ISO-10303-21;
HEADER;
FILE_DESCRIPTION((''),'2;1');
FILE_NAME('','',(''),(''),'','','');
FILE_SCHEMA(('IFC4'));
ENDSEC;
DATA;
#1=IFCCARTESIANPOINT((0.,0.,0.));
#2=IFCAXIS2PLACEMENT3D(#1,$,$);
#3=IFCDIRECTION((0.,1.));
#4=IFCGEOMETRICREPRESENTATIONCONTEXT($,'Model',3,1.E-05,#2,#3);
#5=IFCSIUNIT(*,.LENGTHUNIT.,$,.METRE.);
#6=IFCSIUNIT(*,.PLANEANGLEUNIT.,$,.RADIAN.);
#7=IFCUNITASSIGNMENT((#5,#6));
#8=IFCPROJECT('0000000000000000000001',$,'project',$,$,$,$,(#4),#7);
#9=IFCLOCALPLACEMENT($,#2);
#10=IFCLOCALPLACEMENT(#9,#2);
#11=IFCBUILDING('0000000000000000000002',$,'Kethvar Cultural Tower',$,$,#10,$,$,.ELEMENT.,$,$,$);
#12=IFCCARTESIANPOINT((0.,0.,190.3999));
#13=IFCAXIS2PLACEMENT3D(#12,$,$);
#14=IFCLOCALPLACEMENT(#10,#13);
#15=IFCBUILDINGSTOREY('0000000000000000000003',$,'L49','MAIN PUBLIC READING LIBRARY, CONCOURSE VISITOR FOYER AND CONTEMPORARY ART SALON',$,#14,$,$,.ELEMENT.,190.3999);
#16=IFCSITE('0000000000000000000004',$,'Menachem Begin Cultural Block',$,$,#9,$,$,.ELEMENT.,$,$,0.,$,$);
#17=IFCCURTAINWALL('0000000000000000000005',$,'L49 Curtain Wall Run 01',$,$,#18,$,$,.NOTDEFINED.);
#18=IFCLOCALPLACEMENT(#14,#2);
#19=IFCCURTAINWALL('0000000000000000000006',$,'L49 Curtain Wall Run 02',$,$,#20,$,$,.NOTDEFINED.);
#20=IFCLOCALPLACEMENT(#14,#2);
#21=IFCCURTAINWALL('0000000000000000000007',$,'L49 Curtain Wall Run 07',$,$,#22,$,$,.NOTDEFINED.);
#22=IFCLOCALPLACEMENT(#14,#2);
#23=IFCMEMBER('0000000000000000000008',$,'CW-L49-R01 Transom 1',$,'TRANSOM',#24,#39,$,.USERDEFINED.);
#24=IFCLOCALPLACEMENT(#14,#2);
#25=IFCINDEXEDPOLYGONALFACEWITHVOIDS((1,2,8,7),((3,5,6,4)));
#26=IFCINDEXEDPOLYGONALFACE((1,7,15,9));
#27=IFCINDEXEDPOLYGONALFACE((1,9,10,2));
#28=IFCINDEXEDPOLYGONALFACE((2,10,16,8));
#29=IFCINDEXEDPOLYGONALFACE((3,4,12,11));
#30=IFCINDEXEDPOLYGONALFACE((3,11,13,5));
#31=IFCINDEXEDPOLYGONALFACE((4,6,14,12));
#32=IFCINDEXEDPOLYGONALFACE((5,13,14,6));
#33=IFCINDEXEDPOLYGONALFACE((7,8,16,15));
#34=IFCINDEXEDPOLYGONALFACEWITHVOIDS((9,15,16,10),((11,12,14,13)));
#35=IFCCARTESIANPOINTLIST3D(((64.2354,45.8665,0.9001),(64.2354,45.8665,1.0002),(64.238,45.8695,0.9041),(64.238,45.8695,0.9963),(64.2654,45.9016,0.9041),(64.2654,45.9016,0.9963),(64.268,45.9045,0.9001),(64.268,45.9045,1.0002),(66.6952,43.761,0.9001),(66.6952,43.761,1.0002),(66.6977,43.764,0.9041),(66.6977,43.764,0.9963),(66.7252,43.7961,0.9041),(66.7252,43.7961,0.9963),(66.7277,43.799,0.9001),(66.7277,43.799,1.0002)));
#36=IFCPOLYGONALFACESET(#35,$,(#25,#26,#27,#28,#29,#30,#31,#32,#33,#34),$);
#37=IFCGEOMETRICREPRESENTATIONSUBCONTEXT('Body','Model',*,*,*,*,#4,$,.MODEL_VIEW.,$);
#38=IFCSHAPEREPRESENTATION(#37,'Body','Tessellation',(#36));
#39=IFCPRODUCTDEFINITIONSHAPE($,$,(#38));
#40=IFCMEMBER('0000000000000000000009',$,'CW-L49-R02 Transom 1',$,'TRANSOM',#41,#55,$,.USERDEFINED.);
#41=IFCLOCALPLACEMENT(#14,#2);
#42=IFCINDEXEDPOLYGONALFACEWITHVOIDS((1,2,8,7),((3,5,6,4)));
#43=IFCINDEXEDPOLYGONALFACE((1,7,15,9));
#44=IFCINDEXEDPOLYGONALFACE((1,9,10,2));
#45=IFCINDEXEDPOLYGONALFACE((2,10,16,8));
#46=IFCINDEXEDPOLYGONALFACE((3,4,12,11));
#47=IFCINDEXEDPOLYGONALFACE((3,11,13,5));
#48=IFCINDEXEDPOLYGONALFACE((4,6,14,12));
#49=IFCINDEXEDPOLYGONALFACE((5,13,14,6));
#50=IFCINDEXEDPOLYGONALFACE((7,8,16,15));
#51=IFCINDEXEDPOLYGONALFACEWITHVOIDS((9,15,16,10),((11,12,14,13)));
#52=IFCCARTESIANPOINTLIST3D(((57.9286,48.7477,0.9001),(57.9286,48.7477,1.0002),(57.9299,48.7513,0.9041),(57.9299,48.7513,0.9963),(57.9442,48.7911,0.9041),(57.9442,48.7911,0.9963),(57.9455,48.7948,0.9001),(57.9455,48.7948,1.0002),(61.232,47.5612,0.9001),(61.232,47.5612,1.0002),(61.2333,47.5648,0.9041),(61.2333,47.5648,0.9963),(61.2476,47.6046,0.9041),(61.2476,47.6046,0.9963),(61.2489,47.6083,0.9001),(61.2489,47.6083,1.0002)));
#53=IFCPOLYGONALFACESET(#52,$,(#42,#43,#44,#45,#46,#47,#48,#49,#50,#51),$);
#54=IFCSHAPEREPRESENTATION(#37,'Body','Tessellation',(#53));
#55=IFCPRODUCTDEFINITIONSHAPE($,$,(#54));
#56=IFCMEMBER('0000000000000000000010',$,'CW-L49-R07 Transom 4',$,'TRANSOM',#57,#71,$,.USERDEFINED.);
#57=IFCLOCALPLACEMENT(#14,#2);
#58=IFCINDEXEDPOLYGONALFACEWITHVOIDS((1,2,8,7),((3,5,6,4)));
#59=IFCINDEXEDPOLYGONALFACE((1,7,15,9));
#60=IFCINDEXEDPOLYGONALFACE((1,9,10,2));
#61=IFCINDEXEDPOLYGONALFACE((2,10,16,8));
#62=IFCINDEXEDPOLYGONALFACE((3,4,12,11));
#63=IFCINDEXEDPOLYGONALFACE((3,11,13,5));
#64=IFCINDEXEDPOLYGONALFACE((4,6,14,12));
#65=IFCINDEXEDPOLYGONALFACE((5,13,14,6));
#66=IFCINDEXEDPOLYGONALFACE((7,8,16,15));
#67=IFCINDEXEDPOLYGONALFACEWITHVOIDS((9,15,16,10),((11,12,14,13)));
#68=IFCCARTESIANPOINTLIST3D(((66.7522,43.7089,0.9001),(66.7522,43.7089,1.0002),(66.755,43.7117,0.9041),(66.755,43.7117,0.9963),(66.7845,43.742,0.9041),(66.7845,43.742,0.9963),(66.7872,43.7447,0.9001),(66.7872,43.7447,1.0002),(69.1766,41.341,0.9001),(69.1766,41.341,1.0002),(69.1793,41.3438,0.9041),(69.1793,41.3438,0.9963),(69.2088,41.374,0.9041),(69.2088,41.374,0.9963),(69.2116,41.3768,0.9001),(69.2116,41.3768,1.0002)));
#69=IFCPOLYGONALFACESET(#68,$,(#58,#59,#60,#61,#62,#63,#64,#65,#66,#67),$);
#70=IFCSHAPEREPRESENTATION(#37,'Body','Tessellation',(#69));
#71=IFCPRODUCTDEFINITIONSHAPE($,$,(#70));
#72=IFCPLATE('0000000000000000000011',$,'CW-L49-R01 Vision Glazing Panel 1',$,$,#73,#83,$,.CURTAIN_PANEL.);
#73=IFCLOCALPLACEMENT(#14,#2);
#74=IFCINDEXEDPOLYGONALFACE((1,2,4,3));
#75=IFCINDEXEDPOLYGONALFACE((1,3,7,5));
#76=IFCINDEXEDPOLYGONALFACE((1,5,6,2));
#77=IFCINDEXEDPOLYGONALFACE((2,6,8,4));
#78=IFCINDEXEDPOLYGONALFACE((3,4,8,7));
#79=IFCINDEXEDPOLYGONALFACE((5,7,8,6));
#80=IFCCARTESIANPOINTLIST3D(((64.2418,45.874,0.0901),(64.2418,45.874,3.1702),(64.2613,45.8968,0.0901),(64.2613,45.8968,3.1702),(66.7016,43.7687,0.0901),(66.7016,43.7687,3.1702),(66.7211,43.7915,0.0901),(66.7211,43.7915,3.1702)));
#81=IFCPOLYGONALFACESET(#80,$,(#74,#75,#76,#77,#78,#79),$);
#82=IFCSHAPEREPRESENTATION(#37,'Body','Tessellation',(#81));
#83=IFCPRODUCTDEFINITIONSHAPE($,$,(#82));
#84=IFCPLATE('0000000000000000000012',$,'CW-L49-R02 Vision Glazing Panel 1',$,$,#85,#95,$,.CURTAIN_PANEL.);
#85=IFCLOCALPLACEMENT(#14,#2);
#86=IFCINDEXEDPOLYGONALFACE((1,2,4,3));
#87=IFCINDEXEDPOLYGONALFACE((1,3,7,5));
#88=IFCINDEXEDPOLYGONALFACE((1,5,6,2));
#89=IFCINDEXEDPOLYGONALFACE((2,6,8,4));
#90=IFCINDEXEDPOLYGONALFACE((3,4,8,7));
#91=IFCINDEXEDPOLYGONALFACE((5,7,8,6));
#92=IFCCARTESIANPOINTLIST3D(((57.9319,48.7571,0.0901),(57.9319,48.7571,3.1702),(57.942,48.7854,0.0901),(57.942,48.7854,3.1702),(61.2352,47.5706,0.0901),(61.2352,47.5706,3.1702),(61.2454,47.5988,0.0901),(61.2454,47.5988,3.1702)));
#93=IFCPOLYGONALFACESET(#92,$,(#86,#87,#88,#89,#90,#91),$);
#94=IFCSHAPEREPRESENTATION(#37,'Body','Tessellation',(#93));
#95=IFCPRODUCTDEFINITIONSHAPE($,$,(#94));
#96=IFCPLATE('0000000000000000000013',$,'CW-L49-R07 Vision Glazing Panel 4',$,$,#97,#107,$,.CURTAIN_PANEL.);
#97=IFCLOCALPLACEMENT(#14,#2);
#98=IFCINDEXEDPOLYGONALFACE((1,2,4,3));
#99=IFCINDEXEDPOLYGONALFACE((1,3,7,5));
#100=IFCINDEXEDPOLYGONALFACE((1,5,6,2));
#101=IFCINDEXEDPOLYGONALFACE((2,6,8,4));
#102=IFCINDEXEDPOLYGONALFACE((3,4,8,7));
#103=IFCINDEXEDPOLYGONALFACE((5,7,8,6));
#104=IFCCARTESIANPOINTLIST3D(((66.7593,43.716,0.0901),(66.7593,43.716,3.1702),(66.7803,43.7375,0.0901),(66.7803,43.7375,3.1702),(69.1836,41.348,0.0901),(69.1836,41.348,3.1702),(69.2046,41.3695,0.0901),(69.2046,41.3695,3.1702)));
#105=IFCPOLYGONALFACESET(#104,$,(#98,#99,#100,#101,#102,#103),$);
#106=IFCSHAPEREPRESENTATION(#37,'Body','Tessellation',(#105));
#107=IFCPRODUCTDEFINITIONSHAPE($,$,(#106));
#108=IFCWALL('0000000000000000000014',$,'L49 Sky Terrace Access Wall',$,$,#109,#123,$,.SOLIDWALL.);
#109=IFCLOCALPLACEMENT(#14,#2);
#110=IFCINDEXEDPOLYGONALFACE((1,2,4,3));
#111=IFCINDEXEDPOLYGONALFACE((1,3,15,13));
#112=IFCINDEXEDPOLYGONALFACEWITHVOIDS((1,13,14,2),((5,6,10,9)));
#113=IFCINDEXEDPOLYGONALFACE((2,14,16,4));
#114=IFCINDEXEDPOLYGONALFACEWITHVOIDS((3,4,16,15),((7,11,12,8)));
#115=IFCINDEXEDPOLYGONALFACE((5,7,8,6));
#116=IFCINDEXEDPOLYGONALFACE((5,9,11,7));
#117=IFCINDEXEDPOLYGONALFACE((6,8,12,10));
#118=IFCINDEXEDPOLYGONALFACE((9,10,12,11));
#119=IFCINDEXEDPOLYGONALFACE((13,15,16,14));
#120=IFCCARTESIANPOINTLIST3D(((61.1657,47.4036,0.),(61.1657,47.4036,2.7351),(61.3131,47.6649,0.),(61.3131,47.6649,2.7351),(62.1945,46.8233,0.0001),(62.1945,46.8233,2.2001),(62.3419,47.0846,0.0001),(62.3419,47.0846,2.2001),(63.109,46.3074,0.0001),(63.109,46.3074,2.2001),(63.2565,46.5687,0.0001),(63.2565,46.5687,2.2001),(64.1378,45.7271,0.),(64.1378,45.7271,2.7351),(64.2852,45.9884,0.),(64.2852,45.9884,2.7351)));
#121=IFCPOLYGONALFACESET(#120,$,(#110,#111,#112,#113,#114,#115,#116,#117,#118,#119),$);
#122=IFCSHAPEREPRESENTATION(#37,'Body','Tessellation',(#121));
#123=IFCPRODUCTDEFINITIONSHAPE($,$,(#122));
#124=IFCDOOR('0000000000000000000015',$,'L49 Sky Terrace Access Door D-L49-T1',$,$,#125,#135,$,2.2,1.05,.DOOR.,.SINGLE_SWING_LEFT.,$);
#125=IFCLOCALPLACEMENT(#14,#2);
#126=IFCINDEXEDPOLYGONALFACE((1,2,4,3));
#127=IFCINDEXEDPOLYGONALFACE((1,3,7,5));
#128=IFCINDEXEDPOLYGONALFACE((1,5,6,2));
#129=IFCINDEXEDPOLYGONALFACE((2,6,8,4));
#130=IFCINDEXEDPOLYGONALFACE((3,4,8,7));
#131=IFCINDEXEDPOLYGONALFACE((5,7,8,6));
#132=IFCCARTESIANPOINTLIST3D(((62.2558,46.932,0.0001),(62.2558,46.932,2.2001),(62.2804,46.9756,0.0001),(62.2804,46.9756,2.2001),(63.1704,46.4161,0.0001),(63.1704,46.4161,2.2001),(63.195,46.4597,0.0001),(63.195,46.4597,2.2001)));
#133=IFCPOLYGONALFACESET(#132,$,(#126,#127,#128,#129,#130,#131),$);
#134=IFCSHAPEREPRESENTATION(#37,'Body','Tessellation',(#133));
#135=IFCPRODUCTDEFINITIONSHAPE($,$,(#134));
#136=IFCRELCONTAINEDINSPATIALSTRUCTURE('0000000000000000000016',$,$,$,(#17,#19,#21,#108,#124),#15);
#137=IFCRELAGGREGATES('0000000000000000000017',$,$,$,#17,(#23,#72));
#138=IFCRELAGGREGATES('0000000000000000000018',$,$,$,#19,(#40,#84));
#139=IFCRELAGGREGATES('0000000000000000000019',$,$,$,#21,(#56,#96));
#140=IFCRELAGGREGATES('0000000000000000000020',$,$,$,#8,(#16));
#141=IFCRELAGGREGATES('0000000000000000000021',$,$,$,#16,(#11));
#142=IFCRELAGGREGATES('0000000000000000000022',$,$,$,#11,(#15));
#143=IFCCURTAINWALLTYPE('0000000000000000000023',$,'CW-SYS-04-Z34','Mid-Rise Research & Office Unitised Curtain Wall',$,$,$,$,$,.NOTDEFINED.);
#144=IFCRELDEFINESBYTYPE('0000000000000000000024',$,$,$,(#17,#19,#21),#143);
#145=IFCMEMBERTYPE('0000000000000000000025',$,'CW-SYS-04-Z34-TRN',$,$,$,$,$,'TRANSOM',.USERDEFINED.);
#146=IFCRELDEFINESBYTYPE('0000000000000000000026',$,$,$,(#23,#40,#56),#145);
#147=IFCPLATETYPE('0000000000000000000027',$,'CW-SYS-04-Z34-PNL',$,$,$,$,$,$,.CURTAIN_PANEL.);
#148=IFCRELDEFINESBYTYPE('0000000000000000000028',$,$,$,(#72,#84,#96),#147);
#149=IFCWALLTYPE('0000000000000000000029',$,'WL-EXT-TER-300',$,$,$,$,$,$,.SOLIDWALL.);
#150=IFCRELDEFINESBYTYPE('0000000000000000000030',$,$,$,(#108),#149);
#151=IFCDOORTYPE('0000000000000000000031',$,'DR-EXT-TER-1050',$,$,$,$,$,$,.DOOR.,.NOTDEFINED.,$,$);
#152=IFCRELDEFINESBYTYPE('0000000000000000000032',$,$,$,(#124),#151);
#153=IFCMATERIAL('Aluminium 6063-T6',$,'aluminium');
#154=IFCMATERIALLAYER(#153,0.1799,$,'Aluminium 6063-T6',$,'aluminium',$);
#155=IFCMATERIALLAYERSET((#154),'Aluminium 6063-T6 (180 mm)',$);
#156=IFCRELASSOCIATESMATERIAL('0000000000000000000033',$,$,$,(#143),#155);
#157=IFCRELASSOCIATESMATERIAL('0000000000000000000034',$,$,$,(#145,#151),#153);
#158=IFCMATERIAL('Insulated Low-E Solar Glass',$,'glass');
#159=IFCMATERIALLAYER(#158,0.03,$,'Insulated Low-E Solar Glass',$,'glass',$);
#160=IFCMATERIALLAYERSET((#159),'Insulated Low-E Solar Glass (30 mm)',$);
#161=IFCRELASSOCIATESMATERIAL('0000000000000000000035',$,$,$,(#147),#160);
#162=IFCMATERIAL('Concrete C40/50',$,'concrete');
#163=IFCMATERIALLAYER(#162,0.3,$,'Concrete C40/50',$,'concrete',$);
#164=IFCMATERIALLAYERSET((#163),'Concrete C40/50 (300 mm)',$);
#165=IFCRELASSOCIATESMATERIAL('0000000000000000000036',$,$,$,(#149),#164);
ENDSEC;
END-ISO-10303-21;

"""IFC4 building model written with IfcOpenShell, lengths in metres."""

from ifc_helpers import new_model, si_unit, direction, frame, frame_2d, origin, origin_2d, place, context, subcontext, project, spatial, rectangle, hollow_rectangle, extrude, source, transform, mapped, material, layer, layer_set, material_profile, profile_set, type_object, element, fill, aggregate, save


model = new_model("IFC4")

# Units and contexts
model_context = context("Model", 3, precision=1e-05, world=origin(), true_north=direction((0.0, 1.0)))
body_context = subcontext(model_context, "Body", "Model", "MODEL_VIEW")
ifc_project = project(units=[si_unit("LENGTHUNIT", "METRE"), si_unit("PLANEANGLEUNIT", "RADIAN")], contexts=[model_context])

# Site, building, storey
site_placement = place(None, origin())
site = spatial("IfcSite", under=ifc_project, at=site_placement, Name="Menachem Begin Cultural Block", CompositionType="ELEMENT", RefElevation=0.0)
building_placement = place(site_placement, origin())
building = spatial("IfcBuilding", under=site, at=building_placement, Name="Kethvar Cultural Tower", CompositionType="ELEMENT")
storey_placement = place(building_placement, frame((0.0, 0.0, 190.3999)))
storey = spatial("IfcBuildingStorey", under=building, at=storey_placement, Name="L49", Description="MAIN PUBLIC READING LIBRARY, CONCOURSE VISITOR FOYER AND CONTEMPORARY ART SALON", CompositionType="ELEMENT", Elevation=190.3999)

# Curtain wall
ifc_material_1 = material(Name="Aluminium 6063-T6", Category="aluminium")
ifc_layer_1 = layer(ifc_material_1, 0.1799, Name="Aluminium 6063-T6", Category="aluminium")
ifc_layer_set_1 = layer_set([ifc_layer_1], Name="Aluminium 6063-T6 (180 mm)")
curtain_wall_type = type_object("IfcCurtainWallType", Name="CW-SYS-04-Z34", Description="Mid-Rise Research & Office Unitised Curtain Wall", PredefinedType="NOTDEFINED", material=ifc_layer_set_1)
curtain_wall_1_placement = place(storey_placement, origin())
curtain_wall_1 = element("IfcCurtainWall", 1, at=curtain_wall_1_placement, inside=storey, type_object=curtain_wall_type, Name="L49 Curtain Wall Run 01", PredefinedType="NOTDEFINED")

# Curtain wall
curtain_wall_2_placement = place(storey_placement, origin())
curtain_wall_2 = element("IfcCurtainWall", 2, at=curtain_wall_2_placement, inside=storey, type_object=curtain_wall_type, Name="L49 Curtain Wall Run 02", PredefinedType="NOTDEFINED")

# Curtain wall
curtain_wall_3_placement = place(storey_placement, origin())
curtain_wall_3 = element("IfcCurtainWall", 3, at=curtain_wall_3_placement, inside=storey, type_object=curtain_wall_type, Name="L49 Curtain Wall Run 07", PredefinedType="NOTDEFINED")

# Members
ifc_material_profile_1 = material_profile(ifc_material_1, hollow_rectangle(XDim=0.05, YDim=0.1001, WallThickness=0.0039, at=origin_2d()), Name="Aluminium 6063-T6 — RHS100x50x4")
ifc_profile_set_1 = profile_set([ifc_material_profile_1], Name="Aluminium 6063-T6 — RHS100x50x4")
member_type_1 = type_object("IfcMemberType", Name="CW-SYS-04-Z34-TRN", ElementType="TRANSOM", PredefinedType="USERDEFINED", material=ifc_profile_set_1)
shared_shape_1 = source(origin(), body_context, "Body", "SweptSolid", [
    extrude(hollow_rectangle(XDim=0.05, YDim=0.1001, WallThickness=0.0039, at=origin_2d()), origin(), (0.0, 0.0, 1.0), 3.2378),
])
member_1_placement = place(storey_placement, frame((66.7114, 43.78, 0.9502), z_axis=(-0.759693, 0.650282, 0.0), x_axis=(-0.650282, -0.759693, 0.0)))
member_1 = element("IfcMember", 4, at=member_1_placement, type_object=member_type_1, Name="CW-L49-R01 Transom 1", ObjectType="TRANSOM", PredefinedType="USERDEFINED", context=body_context, shape_type="MappedRepresentation", body=[
    mapped(shared_shape_1, transform((0.0, 0.0, 0.0), scale=1.0)),
])
shared_shape_2 = source(origin(), body_context, "Body", "SweptSolid", [
    extrude(hollow_rectangle(XDim=0.05, YDim=0.1001, WallThickness=0.0039, at=origin_2d()), origin(), (0.0, 0.0, 1.0), 3.51),
])
member_2_placement = place(storey_placement, frame((61.2405, 47.5847, 0.9502), z_axis=(-0.941135, 0.338032, 0.0), x_axis=(-0.338032, -0.941135, 0.0)))
member_2 = element("IfcMember", 5, at=member_2_placement, type_object=member_type_1, Name="CW-L49-R02 Transom 1", ObjectType="TRANSOM", PredefinedType="USERDEFINED", context=body_context, shape_type="MappedRepresentation", body=[
    mapped(shared_shape_2, transform((0.0, 0.0, 0.0), scale=1.0)),
])
shared_shape_3 = source(origin(), body_context, "Body", "SweptSolid", [
    extrude(hollow_rectangle(XDim=0.05, YDim=0.1001, WallThickness=0.0039, at=origin_2d()), origin(), (0.0, 0.0, 1.0), 3.3889),
])
member_3_placement = place(storey_placement, frame((69.1941, 41.3589, 0.9502), z_axis=(-0.715379, 0.698737, 0.0), x_axis=(-0.698737, -0.715379, 0.0)))
member_3 = element("IfcMember", 6, at=member_3_placement, type_object=member_type_1, Name="CW-L49-R07 Transom 4", ObjectType="TRANSOM", PredefinedType="USERDEFINED", context=body_context, shape_type="MappedRepresentation", body=[
    mapped(shared_shape_3, transform((0.0, 0.0, 0.0), scale=1.0)),
])

# Plates
ifc_material_2 = material(Name="Insulated Low-E Solar Glass", Category="glass")
ifc_layer_2 = layer(ifc_material_2, 0.03, Name="Insulated Low-E Solar Glass", Category="glass")
ifc_layer_set_2 = layer_set([ifc_layer_2], Name="Insulated Low-E Solar Glass (30 mm)")
plate_type = type_object("IfcPlateType", Name="CW-SYS-04-Z34-PNL", PredefinedType="CURTAIN_PANEL", material=ifc_layer_set_2)
shared_shape_4 = source(origin(), body_context, "Body", "SweptSolid", [
    extrude(rectangle(XDim=3.2378, YDim=0.03, at=origin_2d()), origin(), (0.0, 0.0, 1.0), 3.0801),
])
plate_1_placement = place(storey_placement, frame((65.4814, 44.8328, 0.0901), z_axis=(0.0, 0.0, 1.0), x_axis=(-0.759725, 0.650244, 0.0)))
plate_1 = element("IfcPlate", 7, at=plate_1_placement, type_object=plate_type, Name="CW-L49-R01 Vision Glazing Panel 1", PredefinedType="CURTAIN_PANEL", context=body_context, shape_type="MappedRepresentation", body=[
    mapped(shared_shape_4, transform((0.0, 0.0, 0.0), scale=1.0)),
])
aggregate(curtain_wall_1, [member_1, plate_1])
shared_shape_5 = source(origin(), body_context, "Body", "SweptSolid", [
    extrude(rectangle(XDim=3.51, YDim=0.03, at=origin_2d()), origin(), (0.0, 0.0, 1.0), 3.0801),
])
plate_2_placement = place(storey_placement, frame((59.5886, 48.178, 0.0901), z_axis=(0.0, 0.0, 1.0), x_axis=(-0.941129, 0.338048, 0.0)))
plate_2 = element("IfcPlate", 8, at=plate_2_placement, type_object=plate_type, Name="CW-L49-R02 Vision Glazing Panel 1", PredefinedType="CURTAIN_PANEL", context=body_context, shape_type="MappedRepresentation", body=[
    mapped(shared_shape_5, transform((0.0, 0.0, 0.0), scale=1.0)),
])
aggregate(curtain_wall_2, [member_2, plate_2])
shared_shape_6 = source(origin(), body_context, "Body", "SweptSolid", [
    extrude(rectangle(XDim=3.3889, YDim=0.03, at=origin_2d()), origin(), (0.0, 0.0, 1.0), 3.0801),
])
plate_3_placement = place(storey_placement, frame((67.9819, 42.5427, 0.0901), z_axis=(0.0, 0.0, 1.0), x_axis=(-0.715376, 0.69874, 0.0)))
plate_3 = element("IfcPlate", 9, at=plate_3_placement, type_object=plate_type, Name="CW-L49-R07 Vision Glazing Panel 4", PredefinedType="CURTAIN_PANEL", context=body_context, shape_type="MappedRepresentation", body=[
    mapped(shared_shape_6, transform((0.0, 0.0, 0.0), scale=1.0)),
])
aggregate(curtain_wall_3, [member_3, plate_3])

# Wall, opening, door
ifc_material_3 = material(Name="Concrete C40/50", Category="concrete")
ifc_layer_3 = layer(ifc_material_3, 0.3, Name="Concrete C40/50", Category="concrete")
ifc_layer_set_3 = layer_set([ifc_layer_3], Name="Concrete C40/50 (300 mm)")
wall_type = type_object("IfcWallType", Name="WL-EXT-TER-300", PredefinedType="SOLIDWALL", material=ifc_layer_set_3)
wall_placement = place(storey_placement, frame((61.2395, 47.5342, 0.0), z_axis=(0.0, 0.0, 1.0), x_axis=(0.87099, -0.4913, 0.0)))
wall = element("IfcWall", 10, at=wall_placement, inside=storey, type_object=wall_type, Name="L49 Sky Terrace Access Wall", PredefinedType="SOLIDWALL", context=body_context, shape_type="SweptSolid", body=[
    extrude(rectangle(XDim=3.4124, YDim=0.3, at=frame_2d((1.7061, 0.0))), origin(), (0.0, 0.0, 1.0), 2.7351),
])
opening_placement = place(wall_placement, frame((1.1812, 0.0, 0.0)))
opening = element("IfcOpeningElement", 11, at=opening_placement, cuts=wall, PredefinedType="OPENING", context=body_context, shape_type="SweptSolid", body=[
    extrude(rectangle(XDim=1.05, YDim=2.2, at=frame_2d((0.5249, 1.1001))), frame((0.0, 0.1599, 0.0), z_axis=(0.0, -1.0, 0.0), x_axis=(1.0, 0.0, 0.0)), (0.0, 0.0, 1.0), 0.3201),
])
door_type = type_object("IfcDoorType", Name="DR-EXT-TER-1050", OperationType="NOTDEFINED", PredefinedType="DOOR", material=ifc_material_1)
shared_shape_7 = source(origin(), body_context, "Body", "SweptSolid", [
    extrude(rectangle(XDim=1.05, YDim=2.2, at=frame_2d((0.5249, 1.1001))), frame((0.0, 0.0249, 0.0), z_axis=(0.0, -1.0, 0.0), x_axis=(1.0, 0.0, 0.0)), (0.0, 0.0, 1.0), 0.05),
])
door_placement = place(opening_placement, origin())
door = element("IfcDoor", 12, at=door_placement, inside=storey, type_object=door_type, Name="L49 Sky Terrace Access Door D-L49-T1", OperationType="SINGLE_SWING_LEFT", OverallHeight=2.2, OverallWidth=1.05, PredefinedType="DOOR", context=body_context, shape_type="MappedRepresentation", body=[
    mapped(shared_shape_7, transform((0.0, 0.0, 0.0), scale=1.0)),
])
fill(opening, door)

save(model, "model.ifc")
